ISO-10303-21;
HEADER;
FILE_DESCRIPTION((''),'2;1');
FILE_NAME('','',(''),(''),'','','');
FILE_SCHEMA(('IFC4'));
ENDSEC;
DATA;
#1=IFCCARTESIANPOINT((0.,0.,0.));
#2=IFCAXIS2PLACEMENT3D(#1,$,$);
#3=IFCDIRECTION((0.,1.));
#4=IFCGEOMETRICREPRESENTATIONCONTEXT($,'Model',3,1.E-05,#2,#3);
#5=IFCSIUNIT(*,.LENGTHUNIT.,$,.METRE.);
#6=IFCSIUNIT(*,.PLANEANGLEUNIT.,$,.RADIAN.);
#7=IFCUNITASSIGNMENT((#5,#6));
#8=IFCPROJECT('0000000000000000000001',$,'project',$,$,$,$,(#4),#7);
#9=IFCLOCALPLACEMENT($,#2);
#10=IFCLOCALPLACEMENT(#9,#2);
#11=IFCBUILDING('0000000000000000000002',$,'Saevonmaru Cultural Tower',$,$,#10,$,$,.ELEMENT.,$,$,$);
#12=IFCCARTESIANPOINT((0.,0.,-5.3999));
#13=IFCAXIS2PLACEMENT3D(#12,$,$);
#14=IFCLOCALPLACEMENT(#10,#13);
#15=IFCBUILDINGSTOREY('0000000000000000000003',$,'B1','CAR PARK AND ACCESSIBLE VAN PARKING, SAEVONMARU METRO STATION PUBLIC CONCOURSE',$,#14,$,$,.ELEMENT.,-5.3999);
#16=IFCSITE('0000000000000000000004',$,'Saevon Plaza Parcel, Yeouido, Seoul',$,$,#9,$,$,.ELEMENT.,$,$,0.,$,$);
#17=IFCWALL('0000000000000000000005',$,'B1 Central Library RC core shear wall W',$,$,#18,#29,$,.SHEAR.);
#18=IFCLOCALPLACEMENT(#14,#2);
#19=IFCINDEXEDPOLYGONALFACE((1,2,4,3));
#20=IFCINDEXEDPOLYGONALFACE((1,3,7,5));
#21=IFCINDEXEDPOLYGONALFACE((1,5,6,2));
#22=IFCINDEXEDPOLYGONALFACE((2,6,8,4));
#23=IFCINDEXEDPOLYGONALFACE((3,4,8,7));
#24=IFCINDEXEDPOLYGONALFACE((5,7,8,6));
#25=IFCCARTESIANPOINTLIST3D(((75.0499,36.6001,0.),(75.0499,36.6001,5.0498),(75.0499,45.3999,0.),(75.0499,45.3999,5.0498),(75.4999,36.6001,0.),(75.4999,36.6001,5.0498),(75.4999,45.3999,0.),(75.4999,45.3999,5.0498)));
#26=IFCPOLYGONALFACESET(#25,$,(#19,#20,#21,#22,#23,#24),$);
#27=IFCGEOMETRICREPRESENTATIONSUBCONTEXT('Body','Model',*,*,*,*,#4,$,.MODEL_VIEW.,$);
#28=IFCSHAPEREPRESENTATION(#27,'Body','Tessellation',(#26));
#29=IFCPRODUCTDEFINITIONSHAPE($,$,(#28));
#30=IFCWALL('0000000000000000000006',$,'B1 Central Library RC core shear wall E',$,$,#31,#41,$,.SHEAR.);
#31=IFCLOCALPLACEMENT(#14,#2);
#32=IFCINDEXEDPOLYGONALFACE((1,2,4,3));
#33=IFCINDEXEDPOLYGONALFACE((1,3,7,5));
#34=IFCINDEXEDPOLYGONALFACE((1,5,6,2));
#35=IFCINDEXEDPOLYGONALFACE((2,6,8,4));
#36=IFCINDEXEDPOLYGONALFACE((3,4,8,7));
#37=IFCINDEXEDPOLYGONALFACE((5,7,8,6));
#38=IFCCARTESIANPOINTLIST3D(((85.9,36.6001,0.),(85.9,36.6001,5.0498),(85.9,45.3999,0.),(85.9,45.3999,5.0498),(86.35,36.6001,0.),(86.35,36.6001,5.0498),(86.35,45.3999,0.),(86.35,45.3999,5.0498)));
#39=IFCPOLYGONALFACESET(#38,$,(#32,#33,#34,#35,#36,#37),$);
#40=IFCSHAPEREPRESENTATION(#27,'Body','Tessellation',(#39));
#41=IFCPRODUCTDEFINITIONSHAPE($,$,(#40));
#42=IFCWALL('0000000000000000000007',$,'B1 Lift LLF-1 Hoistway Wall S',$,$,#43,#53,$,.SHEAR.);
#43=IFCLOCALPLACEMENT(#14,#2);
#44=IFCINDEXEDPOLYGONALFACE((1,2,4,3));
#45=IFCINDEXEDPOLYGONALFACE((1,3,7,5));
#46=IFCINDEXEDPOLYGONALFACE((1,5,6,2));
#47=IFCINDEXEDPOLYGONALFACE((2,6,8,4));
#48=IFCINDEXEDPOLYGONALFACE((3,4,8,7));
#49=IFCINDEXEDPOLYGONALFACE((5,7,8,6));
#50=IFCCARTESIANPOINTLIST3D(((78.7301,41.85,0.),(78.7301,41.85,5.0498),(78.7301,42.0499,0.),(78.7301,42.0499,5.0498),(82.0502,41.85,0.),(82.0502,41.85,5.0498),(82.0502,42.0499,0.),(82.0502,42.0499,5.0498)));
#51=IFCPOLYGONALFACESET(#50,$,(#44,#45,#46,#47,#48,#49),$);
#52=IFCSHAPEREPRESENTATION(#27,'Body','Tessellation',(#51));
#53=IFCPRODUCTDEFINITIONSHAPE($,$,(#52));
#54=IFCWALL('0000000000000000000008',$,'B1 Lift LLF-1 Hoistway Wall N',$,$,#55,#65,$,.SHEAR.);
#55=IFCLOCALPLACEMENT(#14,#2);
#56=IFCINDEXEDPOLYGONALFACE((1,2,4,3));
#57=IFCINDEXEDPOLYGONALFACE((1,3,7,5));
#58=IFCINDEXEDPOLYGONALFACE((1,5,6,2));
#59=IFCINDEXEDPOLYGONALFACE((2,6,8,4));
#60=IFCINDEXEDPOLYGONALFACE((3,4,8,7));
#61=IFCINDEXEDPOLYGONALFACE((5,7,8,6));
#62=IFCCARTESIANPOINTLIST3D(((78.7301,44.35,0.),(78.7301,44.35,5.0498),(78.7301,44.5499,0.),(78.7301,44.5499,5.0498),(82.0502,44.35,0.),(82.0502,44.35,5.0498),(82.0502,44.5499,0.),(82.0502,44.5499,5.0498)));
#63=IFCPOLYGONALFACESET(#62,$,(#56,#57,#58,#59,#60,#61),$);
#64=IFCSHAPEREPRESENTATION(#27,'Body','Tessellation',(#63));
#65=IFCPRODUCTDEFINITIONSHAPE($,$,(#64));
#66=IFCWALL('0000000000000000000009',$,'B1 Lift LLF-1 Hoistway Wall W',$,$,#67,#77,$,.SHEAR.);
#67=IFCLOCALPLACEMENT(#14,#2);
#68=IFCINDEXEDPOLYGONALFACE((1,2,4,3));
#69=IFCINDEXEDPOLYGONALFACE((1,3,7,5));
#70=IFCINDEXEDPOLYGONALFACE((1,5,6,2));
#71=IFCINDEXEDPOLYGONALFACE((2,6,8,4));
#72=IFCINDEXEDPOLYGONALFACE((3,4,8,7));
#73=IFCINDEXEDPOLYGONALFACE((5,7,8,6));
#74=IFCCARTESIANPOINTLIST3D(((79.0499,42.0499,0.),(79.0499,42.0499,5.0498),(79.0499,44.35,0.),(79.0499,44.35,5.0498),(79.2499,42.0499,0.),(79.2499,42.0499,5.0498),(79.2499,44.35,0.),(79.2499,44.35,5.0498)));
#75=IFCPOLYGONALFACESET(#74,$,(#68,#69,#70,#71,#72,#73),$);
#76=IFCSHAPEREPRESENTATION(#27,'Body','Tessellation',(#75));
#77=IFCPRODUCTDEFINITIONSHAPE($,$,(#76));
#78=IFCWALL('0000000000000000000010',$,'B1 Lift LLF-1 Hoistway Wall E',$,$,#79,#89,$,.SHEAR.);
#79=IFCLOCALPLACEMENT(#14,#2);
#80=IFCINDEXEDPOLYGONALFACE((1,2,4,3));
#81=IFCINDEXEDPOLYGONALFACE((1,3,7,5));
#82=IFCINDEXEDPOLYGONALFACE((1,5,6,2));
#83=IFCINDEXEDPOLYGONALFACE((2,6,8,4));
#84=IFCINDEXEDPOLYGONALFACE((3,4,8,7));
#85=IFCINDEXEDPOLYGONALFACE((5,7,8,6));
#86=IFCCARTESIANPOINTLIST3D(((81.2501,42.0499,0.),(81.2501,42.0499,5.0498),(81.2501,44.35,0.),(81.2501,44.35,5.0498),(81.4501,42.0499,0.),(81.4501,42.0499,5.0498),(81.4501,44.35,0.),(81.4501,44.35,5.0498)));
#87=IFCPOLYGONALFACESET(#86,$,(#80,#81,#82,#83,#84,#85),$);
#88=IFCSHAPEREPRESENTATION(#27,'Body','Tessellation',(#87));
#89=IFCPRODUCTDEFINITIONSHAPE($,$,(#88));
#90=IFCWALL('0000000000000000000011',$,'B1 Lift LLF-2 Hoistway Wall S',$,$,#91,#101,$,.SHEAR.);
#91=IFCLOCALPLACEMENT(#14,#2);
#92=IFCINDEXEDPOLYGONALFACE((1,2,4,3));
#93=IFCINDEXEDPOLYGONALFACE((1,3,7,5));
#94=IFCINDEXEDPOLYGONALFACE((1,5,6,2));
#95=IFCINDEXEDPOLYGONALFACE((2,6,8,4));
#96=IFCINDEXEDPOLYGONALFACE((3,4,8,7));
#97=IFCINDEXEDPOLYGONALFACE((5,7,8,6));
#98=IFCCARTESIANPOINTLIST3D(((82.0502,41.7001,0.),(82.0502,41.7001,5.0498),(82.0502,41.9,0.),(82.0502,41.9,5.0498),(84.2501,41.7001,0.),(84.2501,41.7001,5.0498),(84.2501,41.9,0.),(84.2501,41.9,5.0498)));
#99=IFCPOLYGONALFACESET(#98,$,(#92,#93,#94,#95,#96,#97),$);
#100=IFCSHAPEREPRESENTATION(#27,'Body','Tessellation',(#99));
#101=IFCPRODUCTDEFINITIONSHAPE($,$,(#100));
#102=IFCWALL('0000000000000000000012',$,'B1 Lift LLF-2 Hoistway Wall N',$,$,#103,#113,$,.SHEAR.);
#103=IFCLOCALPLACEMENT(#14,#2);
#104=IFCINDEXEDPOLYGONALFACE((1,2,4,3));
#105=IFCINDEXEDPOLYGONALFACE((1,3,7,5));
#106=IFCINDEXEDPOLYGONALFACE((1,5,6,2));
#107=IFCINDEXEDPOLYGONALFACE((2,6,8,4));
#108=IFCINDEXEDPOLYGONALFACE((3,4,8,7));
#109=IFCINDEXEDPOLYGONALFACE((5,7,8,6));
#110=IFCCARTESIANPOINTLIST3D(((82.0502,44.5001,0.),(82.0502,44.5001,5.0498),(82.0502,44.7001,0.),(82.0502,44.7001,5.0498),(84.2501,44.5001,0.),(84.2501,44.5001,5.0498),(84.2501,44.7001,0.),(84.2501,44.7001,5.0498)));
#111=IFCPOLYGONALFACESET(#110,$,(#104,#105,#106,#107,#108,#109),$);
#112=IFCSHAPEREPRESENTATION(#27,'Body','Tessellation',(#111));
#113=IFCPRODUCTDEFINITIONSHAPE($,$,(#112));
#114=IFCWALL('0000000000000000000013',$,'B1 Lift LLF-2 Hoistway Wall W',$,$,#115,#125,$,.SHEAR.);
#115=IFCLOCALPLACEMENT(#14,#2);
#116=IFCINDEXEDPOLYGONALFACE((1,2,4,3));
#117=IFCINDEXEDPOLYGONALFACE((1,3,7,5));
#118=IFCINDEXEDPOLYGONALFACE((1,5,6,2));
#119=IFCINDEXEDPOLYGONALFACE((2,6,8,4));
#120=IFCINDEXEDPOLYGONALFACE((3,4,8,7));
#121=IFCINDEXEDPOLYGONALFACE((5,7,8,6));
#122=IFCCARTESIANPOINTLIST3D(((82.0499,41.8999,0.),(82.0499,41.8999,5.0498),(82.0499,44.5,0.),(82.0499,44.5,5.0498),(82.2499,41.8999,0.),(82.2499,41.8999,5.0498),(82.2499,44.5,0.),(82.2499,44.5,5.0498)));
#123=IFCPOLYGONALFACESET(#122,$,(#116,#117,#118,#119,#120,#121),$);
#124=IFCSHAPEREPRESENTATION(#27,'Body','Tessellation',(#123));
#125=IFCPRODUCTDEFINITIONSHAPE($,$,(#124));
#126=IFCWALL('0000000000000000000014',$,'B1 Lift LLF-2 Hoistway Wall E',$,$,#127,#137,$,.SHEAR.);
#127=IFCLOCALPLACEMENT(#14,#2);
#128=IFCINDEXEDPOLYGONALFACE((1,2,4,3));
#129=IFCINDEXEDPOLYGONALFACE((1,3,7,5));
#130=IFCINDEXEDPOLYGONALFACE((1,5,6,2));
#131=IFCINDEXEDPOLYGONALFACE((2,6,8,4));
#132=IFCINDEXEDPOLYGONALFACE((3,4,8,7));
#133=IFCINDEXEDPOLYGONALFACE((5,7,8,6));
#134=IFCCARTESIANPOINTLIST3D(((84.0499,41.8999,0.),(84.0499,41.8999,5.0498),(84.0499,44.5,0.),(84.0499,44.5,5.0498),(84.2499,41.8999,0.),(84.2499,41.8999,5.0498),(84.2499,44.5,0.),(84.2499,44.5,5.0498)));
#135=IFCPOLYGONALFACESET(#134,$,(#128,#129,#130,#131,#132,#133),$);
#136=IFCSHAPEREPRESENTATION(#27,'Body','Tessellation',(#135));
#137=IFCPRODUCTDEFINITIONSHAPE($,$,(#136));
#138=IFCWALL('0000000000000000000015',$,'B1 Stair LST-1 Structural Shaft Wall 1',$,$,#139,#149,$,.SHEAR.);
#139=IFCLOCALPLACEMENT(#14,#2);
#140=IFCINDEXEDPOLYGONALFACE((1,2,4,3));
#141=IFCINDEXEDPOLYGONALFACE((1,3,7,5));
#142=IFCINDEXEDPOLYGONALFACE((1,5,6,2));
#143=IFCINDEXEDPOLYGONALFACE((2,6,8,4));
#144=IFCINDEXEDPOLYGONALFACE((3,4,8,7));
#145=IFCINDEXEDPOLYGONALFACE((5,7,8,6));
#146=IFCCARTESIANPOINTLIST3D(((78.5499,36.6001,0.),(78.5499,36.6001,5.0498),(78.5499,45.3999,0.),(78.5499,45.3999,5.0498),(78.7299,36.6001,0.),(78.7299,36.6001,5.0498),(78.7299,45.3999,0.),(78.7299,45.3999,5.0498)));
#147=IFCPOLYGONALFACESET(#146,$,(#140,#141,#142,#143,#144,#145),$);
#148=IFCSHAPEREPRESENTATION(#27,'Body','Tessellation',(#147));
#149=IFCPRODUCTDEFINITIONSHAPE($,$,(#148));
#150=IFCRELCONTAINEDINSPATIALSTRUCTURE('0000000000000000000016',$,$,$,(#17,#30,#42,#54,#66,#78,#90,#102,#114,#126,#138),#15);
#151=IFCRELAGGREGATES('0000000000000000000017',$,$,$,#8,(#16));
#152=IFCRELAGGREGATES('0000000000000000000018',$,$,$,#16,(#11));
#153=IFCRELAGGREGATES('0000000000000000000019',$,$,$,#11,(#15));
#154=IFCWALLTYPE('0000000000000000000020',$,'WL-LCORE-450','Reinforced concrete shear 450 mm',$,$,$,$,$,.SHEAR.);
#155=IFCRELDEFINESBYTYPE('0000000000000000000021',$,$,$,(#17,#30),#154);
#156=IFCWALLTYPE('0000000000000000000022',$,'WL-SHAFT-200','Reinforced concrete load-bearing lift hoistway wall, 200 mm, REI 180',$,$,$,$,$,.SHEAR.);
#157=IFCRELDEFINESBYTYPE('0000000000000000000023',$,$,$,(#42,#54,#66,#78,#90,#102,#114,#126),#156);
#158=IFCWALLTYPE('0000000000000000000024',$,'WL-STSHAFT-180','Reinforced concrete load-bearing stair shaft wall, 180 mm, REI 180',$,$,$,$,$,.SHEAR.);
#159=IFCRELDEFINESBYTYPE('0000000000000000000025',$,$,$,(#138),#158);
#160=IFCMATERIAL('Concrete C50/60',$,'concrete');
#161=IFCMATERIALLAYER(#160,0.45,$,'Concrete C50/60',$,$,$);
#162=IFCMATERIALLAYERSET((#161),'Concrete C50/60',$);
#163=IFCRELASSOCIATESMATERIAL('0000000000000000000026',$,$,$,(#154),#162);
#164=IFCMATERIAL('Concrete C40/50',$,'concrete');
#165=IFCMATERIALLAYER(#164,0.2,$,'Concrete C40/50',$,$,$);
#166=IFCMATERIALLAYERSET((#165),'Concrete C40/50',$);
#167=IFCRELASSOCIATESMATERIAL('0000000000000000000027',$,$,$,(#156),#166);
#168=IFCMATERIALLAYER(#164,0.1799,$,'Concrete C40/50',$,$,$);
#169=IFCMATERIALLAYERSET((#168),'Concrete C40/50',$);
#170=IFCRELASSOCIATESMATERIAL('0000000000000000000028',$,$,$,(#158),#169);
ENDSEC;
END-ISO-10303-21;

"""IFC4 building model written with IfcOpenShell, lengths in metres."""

from ifc_helpers import new_model, si_unit, direction, frame, frame_2d, origin, place, context, subcontext, project, spatial, rectangle, extrude, material, layer, layer_set, type_object, element, save


model = new_model("IFC4")

# Units and contexts
model_context = context("Model", 3, precision=1e-05, world=origin(), true_north=direction((0.0, 1.0)))
body_context = subcontext(model_context, "Body", "Model", "MODEL_VIEW")
ifc_project = project(units=[si_unit("LENGTHUNIT", "METRE"), si_unit("PLANEANGLEUNIT", "RADIAN")], contexts=[model_context])

# Site, building, storey
site_placement = place(None, origin())
site = spatial("IfcSite", under=ifc_project, at=site_placement, Name="Saevon Plaza Parcel, Yeouido, Seoul", CompositionType="ELEMENT", RefElevation=0.0)
building_placement = place(site_placement, origin())
building = spatial("IfcBuilding", under=site, at=building_placement, Name="Saevonmaru Cultural Tower", CompositionType="ELEMENT")
storey_placement = place(building_placement, frame((0.0, 0.0, -5.3999)))
storey = spatial("IfcBuildingStorey", under=building, at=storey_placement, Name="B1", Description="CAR PARK AND ACCESSIBLE VAN PARKING, SAEVONMARU METRO STATION PUBLIC CONCOURSE", CompositionType="ELEMENT", Elevation=-5.3999)

# Shared definitions
ifc_material_1 = material(Name="Concrete C50/60", Category="concrete")

# Walls
ifc_layer_1 = layer(ifc_material_1, 0.45, Name="Concrete C50/60")
ifc_layer_set_1 = layer_set([ifc_layer_1], Name="Concrete C50/60")
wall_type_1 = type_object("IfcWallType", Name="WL-LCORE-450", Description="Reinforced concrete shear 450 mm", PredefinedType="SHEAR", material=ifc_layer_set_1)
for number, where, z_axis, x_axis, name in (
    (1, (75.2749, 36.6001, 0.0), (0.0, 0.0, 1.0), (0.0, 1.0, 0.0), "B1 Central Library RC core shear wall W"),
    (2, (86.125, 36.6001, 0.0), (0.0, 0.0, 1.0), (0.0, 1.0, 0.0), "B1 Central Library RC core shear wall E"),
):
    element("IfcWall", number, at=place(storey_placement, frame(where, z_axis=z_axis, x_axis=x_axis)), inside=storey, type_object=wall_type_1, Name=name, PredefinedType="SHEAR", context=body_context, shape_type="SweptSolid", body=[
        extrude(rectangle(XDim=8.7998, YDim=0.45, at=frame_2d((4.3999, 0.0))), origin(), (0.0, 0.0, 1.0), 5.0498),
    ])
ifc_material_2 = material(Name="Concrete C40/50", Category="concrete")
ifc_layer_2 = layer(ifc_material_2, 0.2, Name="Concrete C40/50")
ifc_layer_set_2 = layer_set([ifc_layer_2], Name="Concrete C40/50")
wall_type_2 = type_object("IfcWallType", Name="WL-SHAFT-200", Description="Reinforced concrete load-bearing lift hoistway wall, 200 mm, REI 180", PredefinedType="SHEAR", material=ifc_layer_set_2)
for number, where, z_axis, x_axis, name in (
    (3, (78.73, 41.95, 0.0), (0.0, 0.0, 1.0), (1.0, 0.0, 0.0), "B1 Lift LLF-1 Hoistway Wall S"),
    (4, (78.73, 44.45, 0.0), (0.0, 0.0, 1.0), (1.0, 0.0, 0.0), "B1 Lift LLF-1 Hoistway Wall N"),
):
    element("IfcWall", number, at=place(storey_placement, frame(where, z_axis=z_axis, x_axis=x_axis)), inside=storey, type_object=wall_type_2, Name=name, PredefinedType="SHEAR", context=body_context, shape_type="SweptSolid", body=[
        extrude(rectangle(XDim=3.3201, YDim=0.2, at=frame_2d((1.6602, 0.0))), origin(), (0.0, 0.0, 1.0), 5.0498),
    ])
for number, where, z_axis, x_axis, name in (
    (5, (79.1499, 42.05, 0.0), (0.0, 0.0, 1.0), (0.0, 1.0, 0.0), "B1 Lift LLF-1 Hoistway Wall W"),
    (6, (81.3501, 42.05, 0.0), (0.0, 0.0, 1.0), (0.0, 1.0, 0.0), "B1 Lift LLF-1 Hoistway Wall E"),
):
    element("IfcWall", number, at=place(storey_placement, frame(where, z_axis=z_axis, x_axis=x_axis)), inside=storey, type_object=wall_type_2, Name=name, PredefinedType="SHEAR", context=body_context, shape_type="SweptSolid", body=[
        extrude(rectangle(XDim=2.3, YDim=0.2, at=frame_2d((1.1499, 0.0))), origin(), (0.0, 0.0, 1.0), 5.0498),
    ])
for number, where, z_axis, x_axis, name in (
    (7, (82.05, 41.8, 0.0), (0.0, 0.0, 1.0), (1.0, 0.0, 0.0), "B1 Lift LLF-2 Hoistway Wall S"),
    (8, (82.05, 44.6001, 0.0), (0.0, 0.0, 1.0), (1.0, 0.0, 0.0), "B1 Lift LLF-2 Hoistway Wall N"),
):
    element("IfcWall", number, at=place(storey_placement, frame(where, z_axis=z_axis, x_axis=x_axis)), inside=storey, type_object=wall_type_2, Name=name, PredefinedType="SHEAR", context=body_context, shape_type="SweptSolid", body=[
        extrude(rectangle(XDim=2.2, YDim=0.2, at=frame_2d((1.1001, 0.0))), origin(), (0.0, 0.0, 1.0), 5.0498),
    ])
for number, where, z_axis, x_axis, name in (
    (9, (82.1499, 41.8999, 0.0), (0.0, 0.0, 1.0), (0.0, 1.0, 0.0), "B1 Lift LLF-2 Hoistway Wall W"),
    (10, (84.1499, 41.8999, 0.0), (0.0, 0.0, 1.0), (0.0, 1.0, 0.0), "B1 Lift LLF-2 Hoistway Wall E"),
):
    element("IfcWall", number, at=place(storey_placement, frame(where, z_axis=z_axis, x_axis=x_axis)), inside=storey, type_object=wall_type_2, Name=name, PredefinedType="SHEAR", context=body_context, shape_type="SweptSolid", body=[
        extrude(rectangle(XDim=2.6001, YDim=0.2, at=frame_2d((1.3, 0.0))), origin(), (0.0, 0.0, 1.0), 5.0498),
    ])
ifc_layer_3 = layer(ifc_material_2, 0.1799, Name="Concrete C40/50")
ifc_layer_set_3 = layer_set([ifc_layer_3], Name="Concrete C40/50")
wall_type_3 = type_object("IfcWallType", Name="WL-STSHAFT-180", Description="Reinforced concrete load-bearing stair shaft wall, 180 mm, REI 180", PredefinedType="SHEAR", material=ifc_layer_set_3)
wall_1_placement = place(storey_placement, frame((78.6399, 36.6001, 0.0), z_axis=(0.0, 0.0, 1.0), x_axis=(0.0, 1.0, 0.0)))
element("IfcWall", 11, at=wall_1_placement, inside=storey, type_object=wall_type_3, Name="B1 Stair LST-1 Structural Shaft Wall 1", PredefinedType="SHEAR", context=body_context, shape_type="SweptSolid", body=[
    extrude(rectangle(XDim=8.7998, YDim=0.1799, at=frame_2d((4.3999, 0.0))), origin(), (0.0, 0.0, 1.0), 5.0498),
])

save(model, "model.ifc")
